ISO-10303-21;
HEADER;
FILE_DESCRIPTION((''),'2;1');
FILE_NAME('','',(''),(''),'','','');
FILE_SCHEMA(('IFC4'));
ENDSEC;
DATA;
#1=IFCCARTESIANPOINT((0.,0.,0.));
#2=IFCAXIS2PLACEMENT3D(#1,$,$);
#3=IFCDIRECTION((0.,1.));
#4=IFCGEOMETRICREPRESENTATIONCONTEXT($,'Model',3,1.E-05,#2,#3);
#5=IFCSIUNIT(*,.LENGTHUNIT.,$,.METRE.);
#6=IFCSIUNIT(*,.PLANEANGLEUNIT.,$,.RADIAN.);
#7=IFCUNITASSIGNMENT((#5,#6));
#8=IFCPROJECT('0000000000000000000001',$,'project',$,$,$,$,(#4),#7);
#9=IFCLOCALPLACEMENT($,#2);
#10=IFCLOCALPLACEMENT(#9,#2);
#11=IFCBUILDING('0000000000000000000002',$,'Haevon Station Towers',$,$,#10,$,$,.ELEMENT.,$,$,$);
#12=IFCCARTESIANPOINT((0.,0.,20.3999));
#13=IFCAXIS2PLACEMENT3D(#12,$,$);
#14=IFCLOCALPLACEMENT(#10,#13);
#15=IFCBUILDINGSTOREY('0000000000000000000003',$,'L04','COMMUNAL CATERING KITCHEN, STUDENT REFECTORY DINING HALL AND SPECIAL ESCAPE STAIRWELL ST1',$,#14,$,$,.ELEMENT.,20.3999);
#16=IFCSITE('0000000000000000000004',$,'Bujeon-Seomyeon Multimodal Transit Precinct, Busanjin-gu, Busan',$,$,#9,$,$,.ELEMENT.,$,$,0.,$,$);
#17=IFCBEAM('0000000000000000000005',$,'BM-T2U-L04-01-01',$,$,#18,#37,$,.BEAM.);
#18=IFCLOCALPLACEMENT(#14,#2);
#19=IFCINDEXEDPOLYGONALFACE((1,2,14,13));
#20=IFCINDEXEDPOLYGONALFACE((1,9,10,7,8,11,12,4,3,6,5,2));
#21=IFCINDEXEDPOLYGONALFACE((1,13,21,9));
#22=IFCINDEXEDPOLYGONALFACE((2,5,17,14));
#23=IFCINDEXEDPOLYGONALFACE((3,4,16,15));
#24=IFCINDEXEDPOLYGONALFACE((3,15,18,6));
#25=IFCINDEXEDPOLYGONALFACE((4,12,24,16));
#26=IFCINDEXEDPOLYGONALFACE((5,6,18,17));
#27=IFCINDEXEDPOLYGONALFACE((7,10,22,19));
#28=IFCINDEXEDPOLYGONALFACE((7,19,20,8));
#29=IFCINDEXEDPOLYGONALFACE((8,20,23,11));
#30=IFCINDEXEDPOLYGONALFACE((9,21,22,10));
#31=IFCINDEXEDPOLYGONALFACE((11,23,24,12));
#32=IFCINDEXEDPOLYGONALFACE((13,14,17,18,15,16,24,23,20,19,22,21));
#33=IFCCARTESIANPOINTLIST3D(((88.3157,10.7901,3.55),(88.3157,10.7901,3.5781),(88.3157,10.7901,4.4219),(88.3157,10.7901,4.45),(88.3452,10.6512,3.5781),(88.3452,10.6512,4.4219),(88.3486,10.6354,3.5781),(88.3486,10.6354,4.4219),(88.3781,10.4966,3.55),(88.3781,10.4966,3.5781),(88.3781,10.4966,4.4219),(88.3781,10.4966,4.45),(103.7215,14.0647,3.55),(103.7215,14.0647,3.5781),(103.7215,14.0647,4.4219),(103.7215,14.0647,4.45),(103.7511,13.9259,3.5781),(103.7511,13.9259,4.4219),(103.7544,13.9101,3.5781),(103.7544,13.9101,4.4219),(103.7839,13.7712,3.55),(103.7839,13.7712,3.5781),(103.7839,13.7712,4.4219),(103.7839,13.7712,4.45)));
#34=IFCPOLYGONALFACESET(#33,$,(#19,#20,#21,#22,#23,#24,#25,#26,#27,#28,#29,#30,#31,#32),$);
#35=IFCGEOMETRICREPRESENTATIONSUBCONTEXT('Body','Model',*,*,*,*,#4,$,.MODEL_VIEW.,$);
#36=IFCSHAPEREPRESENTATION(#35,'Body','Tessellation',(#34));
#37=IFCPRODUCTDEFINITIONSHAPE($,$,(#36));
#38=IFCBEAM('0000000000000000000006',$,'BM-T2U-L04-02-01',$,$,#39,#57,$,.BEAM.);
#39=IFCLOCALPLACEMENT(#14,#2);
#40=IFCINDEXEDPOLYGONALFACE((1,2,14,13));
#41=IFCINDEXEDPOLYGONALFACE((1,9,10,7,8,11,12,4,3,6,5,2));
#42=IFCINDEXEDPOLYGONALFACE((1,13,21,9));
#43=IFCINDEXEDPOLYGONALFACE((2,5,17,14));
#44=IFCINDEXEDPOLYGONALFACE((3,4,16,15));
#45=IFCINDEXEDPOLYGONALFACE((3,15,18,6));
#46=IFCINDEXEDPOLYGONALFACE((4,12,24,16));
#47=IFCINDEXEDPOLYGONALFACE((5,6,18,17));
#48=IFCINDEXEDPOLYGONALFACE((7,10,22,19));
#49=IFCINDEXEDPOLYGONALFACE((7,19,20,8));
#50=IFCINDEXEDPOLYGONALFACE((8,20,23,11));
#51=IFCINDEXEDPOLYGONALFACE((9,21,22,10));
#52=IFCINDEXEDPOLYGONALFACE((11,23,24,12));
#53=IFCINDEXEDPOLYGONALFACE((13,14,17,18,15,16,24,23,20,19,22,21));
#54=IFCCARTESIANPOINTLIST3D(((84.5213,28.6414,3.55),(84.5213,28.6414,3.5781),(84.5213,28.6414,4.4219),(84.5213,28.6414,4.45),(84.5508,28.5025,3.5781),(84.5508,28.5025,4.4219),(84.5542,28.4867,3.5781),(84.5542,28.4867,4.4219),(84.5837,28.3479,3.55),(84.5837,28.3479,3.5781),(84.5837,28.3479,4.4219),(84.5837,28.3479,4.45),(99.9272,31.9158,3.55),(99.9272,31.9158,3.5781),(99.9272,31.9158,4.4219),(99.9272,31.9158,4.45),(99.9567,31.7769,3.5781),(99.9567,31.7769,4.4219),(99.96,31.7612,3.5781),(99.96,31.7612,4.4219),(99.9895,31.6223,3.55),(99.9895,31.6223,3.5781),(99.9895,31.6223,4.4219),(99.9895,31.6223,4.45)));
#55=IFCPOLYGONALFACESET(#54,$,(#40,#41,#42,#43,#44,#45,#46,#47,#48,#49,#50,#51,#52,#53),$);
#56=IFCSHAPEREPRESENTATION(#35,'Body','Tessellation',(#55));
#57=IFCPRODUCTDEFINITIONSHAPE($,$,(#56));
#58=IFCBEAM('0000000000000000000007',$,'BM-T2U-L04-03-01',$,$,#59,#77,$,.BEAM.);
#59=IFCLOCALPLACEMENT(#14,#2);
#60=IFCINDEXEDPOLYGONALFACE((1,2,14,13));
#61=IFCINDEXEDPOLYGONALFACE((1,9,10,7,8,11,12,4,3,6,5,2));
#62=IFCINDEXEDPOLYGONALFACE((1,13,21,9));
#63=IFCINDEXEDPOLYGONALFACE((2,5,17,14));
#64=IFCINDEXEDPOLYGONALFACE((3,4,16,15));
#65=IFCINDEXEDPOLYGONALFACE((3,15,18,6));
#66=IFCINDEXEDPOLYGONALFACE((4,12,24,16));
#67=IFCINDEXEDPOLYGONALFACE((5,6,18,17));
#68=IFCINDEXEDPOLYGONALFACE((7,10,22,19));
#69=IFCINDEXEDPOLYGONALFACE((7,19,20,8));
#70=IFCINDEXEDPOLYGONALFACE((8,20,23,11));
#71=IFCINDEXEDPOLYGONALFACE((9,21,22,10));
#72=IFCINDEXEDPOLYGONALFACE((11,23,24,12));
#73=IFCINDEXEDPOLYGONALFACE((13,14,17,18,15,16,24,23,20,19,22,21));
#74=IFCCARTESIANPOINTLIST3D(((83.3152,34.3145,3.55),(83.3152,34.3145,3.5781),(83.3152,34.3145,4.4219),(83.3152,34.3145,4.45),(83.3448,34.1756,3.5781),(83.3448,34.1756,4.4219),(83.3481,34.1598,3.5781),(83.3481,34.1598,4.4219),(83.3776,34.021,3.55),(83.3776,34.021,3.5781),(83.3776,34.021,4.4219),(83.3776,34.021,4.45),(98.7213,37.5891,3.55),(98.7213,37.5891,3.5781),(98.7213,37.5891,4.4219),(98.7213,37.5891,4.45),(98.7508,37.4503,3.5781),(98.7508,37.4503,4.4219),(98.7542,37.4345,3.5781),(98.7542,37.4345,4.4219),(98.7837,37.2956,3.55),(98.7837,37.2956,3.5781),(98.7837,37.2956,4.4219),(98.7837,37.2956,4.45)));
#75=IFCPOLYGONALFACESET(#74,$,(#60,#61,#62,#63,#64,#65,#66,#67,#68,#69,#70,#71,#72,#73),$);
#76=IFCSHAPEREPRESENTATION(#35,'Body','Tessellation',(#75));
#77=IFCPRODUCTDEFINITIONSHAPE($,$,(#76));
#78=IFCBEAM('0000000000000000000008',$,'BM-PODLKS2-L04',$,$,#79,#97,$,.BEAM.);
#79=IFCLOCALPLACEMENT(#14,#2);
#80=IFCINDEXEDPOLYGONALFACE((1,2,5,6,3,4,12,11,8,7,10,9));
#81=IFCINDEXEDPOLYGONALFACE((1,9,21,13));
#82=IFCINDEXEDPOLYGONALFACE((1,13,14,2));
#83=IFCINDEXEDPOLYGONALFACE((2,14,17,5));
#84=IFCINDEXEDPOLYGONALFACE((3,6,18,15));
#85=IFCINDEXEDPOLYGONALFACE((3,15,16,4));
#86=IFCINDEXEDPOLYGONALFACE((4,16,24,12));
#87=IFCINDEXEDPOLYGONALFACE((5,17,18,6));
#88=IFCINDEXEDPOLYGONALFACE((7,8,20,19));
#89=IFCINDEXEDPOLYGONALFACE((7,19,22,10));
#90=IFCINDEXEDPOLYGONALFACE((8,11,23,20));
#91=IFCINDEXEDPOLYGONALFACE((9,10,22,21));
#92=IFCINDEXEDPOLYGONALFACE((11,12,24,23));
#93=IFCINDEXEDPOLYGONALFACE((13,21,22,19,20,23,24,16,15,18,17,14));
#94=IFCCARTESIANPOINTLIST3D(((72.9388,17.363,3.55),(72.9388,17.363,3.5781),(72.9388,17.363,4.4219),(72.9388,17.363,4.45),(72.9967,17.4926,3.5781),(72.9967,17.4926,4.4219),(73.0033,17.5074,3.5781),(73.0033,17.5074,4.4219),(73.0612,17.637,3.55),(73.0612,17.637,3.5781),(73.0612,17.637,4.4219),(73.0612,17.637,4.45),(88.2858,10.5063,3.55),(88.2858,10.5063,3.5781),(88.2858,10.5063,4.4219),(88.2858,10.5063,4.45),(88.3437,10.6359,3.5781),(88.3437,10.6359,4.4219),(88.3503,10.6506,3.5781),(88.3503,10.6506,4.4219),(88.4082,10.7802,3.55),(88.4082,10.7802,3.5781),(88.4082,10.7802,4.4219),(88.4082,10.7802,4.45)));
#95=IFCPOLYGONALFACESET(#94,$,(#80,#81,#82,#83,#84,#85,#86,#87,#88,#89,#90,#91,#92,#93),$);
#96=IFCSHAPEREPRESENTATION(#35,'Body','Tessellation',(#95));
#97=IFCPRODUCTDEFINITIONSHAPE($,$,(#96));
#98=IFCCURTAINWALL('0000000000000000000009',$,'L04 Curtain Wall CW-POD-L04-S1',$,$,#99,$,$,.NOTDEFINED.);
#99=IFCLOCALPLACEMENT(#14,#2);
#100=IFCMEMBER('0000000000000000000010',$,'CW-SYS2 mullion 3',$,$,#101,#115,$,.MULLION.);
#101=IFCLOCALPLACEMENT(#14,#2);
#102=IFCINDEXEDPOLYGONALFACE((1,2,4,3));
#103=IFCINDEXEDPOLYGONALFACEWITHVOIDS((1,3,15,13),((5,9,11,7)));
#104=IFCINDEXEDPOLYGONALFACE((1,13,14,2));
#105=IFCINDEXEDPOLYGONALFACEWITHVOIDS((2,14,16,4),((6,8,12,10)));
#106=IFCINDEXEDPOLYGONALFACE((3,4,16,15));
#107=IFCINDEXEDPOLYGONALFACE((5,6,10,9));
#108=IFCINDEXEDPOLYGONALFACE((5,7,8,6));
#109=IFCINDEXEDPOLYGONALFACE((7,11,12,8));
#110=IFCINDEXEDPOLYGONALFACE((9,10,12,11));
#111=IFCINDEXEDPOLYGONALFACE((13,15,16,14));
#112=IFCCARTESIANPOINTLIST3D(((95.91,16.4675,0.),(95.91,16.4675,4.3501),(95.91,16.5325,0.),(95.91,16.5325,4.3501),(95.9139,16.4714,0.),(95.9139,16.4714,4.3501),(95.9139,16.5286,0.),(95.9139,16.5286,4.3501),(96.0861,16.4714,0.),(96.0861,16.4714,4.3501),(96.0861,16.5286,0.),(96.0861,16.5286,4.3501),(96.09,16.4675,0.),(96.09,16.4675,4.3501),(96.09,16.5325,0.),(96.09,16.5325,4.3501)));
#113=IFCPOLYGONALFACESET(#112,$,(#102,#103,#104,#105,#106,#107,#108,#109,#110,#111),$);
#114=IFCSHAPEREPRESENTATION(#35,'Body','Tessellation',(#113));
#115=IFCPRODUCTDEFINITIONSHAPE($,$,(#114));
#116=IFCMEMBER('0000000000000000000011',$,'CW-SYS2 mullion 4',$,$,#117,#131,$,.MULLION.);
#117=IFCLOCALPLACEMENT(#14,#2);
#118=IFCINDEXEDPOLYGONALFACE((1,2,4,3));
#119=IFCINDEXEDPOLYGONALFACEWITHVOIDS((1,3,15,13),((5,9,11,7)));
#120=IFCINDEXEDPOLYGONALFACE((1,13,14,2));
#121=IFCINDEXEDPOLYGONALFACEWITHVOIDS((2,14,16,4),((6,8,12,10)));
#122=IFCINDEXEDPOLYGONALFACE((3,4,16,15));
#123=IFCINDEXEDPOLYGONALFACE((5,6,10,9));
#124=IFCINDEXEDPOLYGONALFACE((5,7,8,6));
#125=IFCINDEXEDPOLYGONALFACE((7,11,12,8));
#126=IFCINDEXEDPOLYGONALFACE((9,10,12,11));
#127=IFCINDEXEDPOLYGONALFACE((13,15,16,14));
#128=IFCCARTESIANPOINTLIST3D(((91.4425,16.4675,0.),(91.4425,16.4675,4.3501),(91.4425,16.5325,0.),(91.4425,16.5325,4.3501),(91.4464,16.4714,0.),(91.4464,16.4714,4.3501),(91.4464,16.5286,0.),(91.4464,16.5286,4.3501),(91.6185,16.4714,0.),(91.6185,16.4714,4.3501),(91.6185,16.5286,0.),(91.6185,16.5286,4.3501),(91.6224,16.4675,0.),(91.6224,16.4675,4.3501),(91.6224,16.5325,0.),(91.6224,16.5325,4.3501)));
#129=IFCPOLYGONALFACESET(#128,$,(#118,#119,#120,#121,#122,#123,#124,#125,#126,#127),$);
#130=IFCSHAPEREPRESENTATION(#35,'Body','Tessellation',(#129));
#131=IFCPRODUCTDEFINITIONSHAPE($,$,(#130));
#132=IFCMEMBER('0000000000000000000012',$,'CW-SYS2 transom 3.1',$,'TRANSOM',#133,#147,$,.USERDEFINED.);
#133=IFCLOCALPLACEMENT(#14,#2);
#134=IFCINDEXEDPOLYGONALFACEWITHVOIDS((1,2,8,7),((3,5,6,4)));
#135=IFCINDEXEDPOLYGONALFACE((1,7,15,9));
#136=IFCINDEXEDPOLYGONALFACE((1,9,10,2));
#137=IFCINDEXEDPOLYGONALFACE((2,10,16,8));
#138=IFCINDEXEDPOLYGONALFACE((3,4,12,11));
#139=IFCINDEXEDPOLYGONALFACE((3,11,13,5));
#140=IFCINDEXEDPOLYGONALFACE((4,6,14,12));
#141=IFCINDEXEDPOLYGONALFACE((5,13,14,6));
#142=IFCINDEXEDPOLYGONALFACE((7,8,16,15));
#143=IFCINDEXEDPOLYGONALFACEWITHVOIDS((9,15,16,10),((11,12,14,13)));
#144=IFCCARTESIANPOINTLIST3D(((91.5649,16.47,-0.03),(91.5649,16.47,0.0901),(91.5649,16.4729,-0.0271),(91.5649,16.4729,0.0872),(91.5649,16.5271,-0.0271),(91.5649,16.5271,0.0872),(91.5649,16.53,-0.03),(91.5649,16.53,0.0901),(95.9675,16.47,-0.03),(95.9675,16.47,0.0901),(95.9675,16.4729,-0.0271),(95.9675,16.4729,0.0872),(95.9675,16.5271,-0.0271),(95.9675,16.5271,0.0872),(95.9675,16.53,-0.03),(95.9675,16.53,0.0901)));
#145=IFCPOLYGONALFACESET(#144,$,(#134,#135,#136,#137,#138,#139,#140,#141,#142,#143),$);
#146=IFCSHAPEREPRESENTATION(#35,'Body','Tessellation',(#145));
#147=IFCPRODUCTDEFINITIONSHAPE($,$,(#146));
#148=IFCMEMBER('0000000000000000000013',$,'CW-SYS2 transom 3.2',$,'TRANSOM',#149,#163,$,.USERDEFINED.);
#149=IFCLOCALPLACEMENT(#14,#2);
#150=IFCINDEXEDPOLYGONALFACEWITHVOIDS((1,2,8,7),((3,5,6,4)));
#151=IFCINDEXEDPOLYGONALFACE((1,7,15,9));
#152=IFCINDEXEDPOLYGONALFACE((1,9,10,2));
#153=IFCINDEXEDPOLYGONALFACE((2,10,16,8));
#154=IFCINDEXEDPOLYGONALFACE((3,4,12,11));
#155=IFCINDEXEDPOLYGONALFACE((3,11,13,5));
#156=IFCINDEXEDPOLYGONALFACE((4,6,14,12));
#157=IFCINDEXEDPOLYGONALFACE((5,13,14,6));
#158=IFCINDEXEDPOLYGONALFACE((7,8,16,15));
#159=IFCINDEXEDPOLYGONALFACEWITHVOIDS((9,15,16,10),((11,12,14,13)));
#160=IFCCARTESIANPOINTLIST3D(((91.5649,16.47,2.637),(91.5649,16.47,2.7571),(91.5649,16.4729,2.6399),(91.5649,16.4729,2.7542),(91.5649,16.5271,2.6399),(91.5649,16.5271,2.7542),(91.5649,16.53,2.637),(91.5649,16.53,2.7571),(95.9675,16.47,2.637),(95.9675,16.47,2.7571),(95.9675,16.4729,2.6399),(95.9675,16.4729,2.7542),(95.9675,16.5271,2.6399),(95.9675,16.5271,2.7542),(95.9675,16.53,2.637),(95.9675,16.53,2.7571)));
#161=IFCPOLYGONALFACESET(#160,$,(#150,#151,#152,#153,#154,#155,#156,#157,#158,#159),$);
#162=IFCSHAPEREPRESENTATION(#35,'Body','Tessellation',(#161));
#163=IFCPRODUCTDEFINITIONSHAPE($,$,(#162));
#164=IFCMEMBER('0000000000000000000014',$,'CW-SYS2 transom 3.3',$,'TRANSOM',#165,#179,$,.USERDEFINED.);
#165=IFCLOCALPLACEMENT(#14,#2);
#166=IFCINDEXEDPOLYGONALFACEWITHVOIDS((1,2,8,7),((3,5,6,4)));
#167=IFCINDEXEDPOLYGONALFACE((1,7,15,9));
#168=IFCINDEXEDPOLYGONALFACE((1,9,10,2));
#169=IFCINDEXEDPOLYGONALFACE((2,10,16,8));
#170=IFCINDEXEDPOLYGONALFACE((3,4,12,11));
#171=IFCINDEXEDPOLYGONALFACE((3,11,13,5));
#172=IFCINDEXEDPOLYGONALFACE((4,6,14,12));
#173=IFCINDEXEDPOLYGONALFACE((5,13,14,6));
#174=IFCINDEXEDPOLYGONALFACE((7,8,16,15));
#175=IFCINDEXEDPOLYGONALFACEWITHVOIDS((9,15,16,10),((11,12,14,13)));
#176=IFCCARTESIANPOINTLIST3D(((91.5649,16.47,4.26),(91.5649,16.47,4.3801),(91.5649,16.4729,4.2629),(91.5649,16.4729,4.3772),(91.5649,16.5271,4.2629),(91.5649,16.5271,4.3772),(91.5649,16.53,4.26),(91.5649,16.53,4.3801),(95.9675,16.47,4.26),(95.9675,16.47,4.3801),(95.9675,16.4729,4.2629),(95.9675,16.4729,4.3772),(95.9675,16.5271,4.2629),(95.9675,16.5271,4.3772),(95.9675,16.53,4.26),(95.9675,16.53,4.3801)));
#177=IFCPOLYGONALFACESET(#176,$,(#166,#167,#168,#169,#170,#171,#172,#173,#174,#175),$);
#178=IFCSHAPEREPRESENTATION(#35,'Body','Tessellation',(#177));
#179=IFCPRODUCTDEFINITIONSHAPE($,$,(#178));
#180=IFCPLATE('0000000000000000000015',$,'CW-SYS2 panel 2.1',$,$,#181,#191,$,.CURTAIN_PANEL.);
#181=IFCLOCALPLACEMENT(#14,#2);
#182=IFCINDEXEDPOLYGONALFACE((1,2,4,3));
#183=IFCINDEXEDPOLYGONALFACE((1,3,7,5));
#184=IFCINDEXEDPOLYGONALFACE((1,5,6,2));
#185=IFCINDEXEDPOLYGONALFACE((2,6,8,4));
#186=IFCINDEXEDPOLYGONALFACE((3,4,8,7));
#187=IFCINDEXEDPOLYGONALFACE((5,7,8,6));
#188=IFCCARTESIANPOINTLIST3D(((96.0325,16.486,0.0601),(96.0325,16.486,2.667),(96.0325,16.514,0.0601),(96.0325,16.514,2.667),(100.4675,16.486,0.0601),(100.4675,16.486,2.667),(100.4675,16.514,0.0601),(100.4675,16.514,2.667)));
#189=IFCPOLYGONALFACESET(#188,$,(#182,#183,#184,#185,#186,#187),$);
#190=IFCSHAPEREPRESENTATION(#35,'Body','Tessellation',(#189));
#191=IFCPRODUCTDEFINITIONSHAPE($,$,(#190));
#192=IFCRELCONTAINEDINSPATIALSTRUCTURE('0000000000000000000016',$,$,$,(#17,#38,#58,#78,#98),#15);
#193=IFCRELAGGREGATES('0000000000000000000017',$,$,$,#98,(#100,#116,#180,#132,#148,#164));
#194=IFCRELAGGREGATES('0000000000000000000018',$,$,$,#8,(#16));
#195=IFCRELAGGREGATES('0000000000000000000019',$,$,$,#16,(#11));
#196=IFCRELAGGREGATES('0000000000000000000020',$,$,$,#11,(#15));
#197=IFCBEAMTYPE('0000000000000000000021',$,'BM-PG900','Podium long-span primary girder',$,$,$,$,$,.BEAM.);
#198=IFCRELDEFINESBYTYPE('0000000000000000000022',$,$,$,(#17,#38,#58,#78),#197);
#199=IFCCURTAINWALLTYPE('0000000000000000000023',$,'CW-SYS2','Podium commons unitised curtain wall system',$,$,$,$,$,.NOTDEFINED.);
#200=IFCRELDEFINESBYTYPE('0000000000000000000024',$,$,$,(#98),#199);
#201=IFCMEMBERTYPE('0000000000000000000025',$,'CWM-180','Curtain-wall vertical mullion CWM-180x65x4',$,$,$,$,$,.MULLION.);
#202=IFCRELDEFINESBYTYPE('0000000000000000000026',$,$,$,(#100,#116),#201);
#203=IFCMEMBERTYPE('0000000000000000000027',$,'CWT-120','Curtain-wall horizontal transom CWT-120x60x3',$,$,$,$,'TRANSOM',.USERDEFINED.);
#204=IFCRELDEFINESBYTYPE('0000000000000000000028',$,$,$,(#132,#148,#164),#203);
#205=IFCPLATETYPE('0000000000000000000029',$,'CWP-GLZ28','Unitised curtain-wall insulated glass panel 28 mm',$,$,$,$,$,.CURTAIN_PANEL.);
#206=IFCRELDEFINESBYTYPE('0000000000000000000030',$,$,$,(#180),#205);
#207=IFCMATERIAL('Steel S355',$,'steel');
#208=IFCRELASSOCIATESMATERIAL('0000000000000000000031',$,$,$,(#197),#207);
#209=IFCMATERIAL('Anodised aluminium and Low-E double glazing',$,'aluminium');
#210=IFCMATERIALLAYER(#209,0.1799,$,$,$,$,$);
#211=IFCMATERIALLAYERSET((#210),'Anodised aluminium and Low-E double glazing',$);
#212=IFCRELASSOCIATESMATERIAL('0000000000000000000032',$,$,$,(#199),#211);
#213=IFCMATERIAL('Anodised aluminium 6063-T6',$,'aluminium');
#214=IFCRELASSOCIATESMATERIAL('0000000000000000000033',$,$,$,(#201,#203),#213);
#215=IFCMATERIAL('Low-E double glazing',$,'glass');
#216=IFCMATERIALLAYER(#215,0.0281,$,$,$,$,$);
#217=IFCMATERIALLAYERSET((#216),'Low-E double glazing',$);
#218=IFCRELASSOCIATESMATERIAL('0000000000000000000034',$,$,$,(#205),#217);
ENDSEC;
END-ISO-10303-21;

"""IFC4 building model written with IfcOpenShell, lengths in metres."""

from ifc_helpers import new_model, si_unit, direction, frame, origin, origin_2d, place, context, subcontext, project, spatial, rectangle, hollow_rectangle, i_section, extrude, material, layer, layer_set, material_profile, profile_set, type_object, element, aggregate, save


model = new_model("IFC4")

# Units and contexts
model_context = context("Model", 3, precision=1e-05, world=origin(), true_north=direction((0.0, 1.0)))
body_context = subcontext(model_context, "Body", "Model", "MODEL_VIEW")
ifc_project = project(units=[si_unit("LENGTHUNIT", "METRE"), si_unit("PLANEANGLEUNIT", "RADIAN")], contexts=[model_context])

# Site, building, storey
site_placement = place(None, origin())
site = spatial("IfcSite", under=ifc_project, at=site_placement, Name="Bujeon-Seomyeon Multimodal Transit Precinct, Busanjin-gu, Busan", CompositionType="ELEMENT", RefElevation=0.0)
building_placement = place(site_placement, origin())
building = spatial("IfcBuilding", under=site, at=building_placement, Name="Haevon Station Towers", CompositionType="ELEMENT")
storey_placement = place(building_placement, frame((0.0, 0.0, 20.3999)))
storey = spatial("IfcBuildingStorey", under=building, at=storey_placement, Name="L04", Description="COMMUNAL CATERING KITCHEN, STUDENT REFECTORY DINING HALL AND SPECIAL ESCAPE STAIRWELL ST1", CompositionType="ELEMENT", Elevation=20.3999)

# Beams
ifc_material_1 = material(Name="Steel S355", Category="steel")
ifc_material_profile_1 = material_profile(ifc_material_1, i_section(OverallWidth=0.3, OverallDepth=0.8999, WebThickness=0.0161, FlangeThickness=0.0281, at=origin_2d()), Name="H-900x300x16x28")
ifc_profile_set_1 = profile_set([ifc_material_profile_1], Name="Steel S355")
beam_type_1 = type_object("IfcBeamType", Name="BM-PG900", Description="Podium long-span primary girder", PredefinedType="BEAM", material=ifc_profile_set_1)
for number, where, z_axis, x_axis, name in (
    (1, (88.3469, 10.6433, 4.0), (0.978147, 0.207915, 0.0), (-0.207915, 0.978147, 0.0), "BM-T2U-L04-01-01"),
    (2, (84.5525, 28.4946, 4.0), (0.97815, 0.207901, 0.0), (-0.207901, 0.97815, 0.0), "BM-T2U-L04-02-01"),
):
    element("IfcBeam", number, at=place(storey_placement, frame(where, z_axis=z_axis, x_axis=x_axis)), inside=storey, type_object=beam_type_1, Name=name, PredefinedType="BEAM", context=body_context, shape_type="SweptSolid", body=[
        extrude(i_section(OverallWidth=0.3, OverallDepth=0.8999, WebThickness=0.0161, FlangeThickness=0.0281, at=origin_2d()), origin(), (0.0, 0.0, 1.0), 15.75),
    ])
beam_1_placement = place(storey_placement, frame((83.3464, 34.1677, 4.0), z_axis=(0.978147, 0.207912, 0.0), x_axis=(-0.207912, 0.978147, 0.0)))
element("IfcBeam", 3, at=beam_1_placement, inside=storey, type_object=beam_type_1, Name="BM-T2U-L04-03-01", PredefinedType="BEAM", context=body_context, shape_type="SweptSolid", body=[
    extrude(i_section(OverallWidth=0.3, OverallDepth=0.8999, WebThickness=0.0161, FlangeThickness=0.0281, at=origin_2d()), origin(), (0.0, 0.0, 1.0), 15.7502),
])
beam_2_placement = place(storey_placement, frame((73.0, 17.5, 4.0), z_axis=(0.913019, -0.407918, 0.0), x_axis=(0.407918, 0.913019, 0.0)))
element("IfcBeam", 4, at=beam_2_placement, inside=storey, type_object=beam_type_1, Name="BM-PODLKS2-L04", PredefinedType="BEAM", context=body_context, shape_type="SweptSolid", body=[
    extrude(i_section(OverallWidth=0.3, OverallDepth=0.8999, WebThickness=0.0161, FlangeThickness=0.0281, at=origin_2d()), origin(), (0.0, 0.0, 1.0), 16.8091),
])

# Curtain wall, members, plate
ifc_material_2 = material(Name="Anodised aluminium and Low-E double glazing", Category="aluminium")
ifc_layer_1 = layer(ifc_material_2, 0.1799)
ifc_layer_set_1 = layer_set([ifc_layer_1], Name="Anodised aluminium and Low-E double glazing")
curtain_wall_type = type_object("IfcCurtainWallType", Name="CW-SYS2", Description="Podium commons unitised curtain wall system", PredefinedType="NOTDEFINED", material=ifc_layer_set_1)
curtain_wall_placement = place(storey_placement, origin())
curtain_wall = element("IfcCurtainWall", 5, at=curtain_wall_placement, inside=storey, type_object=curtain_wall_type, Name="L04 Curtain Wall CW-POD-L04-S1", PredefinedType="NOTDEFINED")
ifc_material_3 = material(Name="Anodised aluminium 6063-T6", Category="aluminium")
ifc_material_profile_2 = material_profile(ifc_material_3, hollow_rectangle(XDim=0.0649, YDim=0.1799, WallThickness=0.0039, at=origin_2d()), Name="CWM-180x65x4")
ifc_profile_set_2 = profile_set([ifc_material_profile_2], Name="Anodised aluminium 6063-T6")
member_type_1 = type_object("IfcMemberType", Name="CWM-180", Description="Curtain-wall vertical mullion CWM-180x65x4", PredefinedType="MULLION", material=ifc_profile_set_2)
member_1_placement = place(storey_placement, frame((96.0, 16.5, 0.0), z_axis=(0.0, 0.0, 1.0), x_axis=(0.0, -1.0, 0.0)))
member_1 = element("IfcMember", 6, at=member_1_placement, type_object=member_type_1, Name="CW-SYS2 mullion 3", PredefinedType="MULLION", context=body_context, shape_type="SweptSolid", body=[
    extrude(hollow_rectangle(XDim=0.0649, YDim=0.1799, WallThickness=0.0039, at=origin_2d()), origin(), (0.0, 0.0, 1.0), 4.3501),
])
member_2_placement = place(storey_placement, frame((91.5325, 16.5, 0.0), z_axis=(0.0, 0.0, 1.0), x_axis=(0.0, -1.0, 0.0)))
member_2 = element("IfcMember", 7, at=member_2_placement, type_object=member_type_1, Name="CW-SYS2 mullion 4", PredefinedType="MULLION", context=body_context, shape_type="SweptSolid", body=[
    extrude(hollow_rectangle(XDim=0.0649, YDim=0.1799, WallThickness=0.0039, at=origin_2d()), origin(), (0.0, 0.0, 1.0), 4.3501),
])
ifc_material_profile_3 = material_profile(ifc_material_3, hollow_rectangle(XDim=0.0601, YDim=0.1201, WallThickness=0.0029, at=origin_2d()), Name="CWT-120x60x3")
ifc_profile_set_3 = profile_set([ifc_material_profile_3], Name="Anodised aluminium 6063-T6")
member_type_2 = type_object("IfcMemberType", Name="CWT-120", Description="Curtain-wall horizontal transom CWT-120x60x3", ElementType="TRANSOM", PredefinedType="USERDEFINED", material=ifc_profile_set_3)
member_3_placement = place(storey_placement, frame((95.9675, 16.5, 0.03), z_axis=(-1.0, 0.0, 0.0), x_axis=(0.0, -1.0, 0.0)))
member_3 = element("IfcMember", 8, at=member_3_placement, type_object=member_type_2, Name="CW-SYS2 transom 3.1", ObjectType="TRANSOM", PredefinedType="USERDEFINED", context=body_context, shape_type="SweptSolid", body=[
    extrude(hollow_rectangle(XDim=0.0601, YDim=0.1201, WallThickness=0.0029, at=origin_2d()), origin(), (0.0, 0.0, 1.0), 4.4026),
])
member_4_placement = place(storey_placement, frame((95.9675, 16.5, 2.697), z_axis=(-1.0, 0.0, 0.0), x_axis=(0.0, -1.0, 0.0)))
member_4 = element("IfcMember", 9, at=member_4_placement, type_object=member_type_2, Name="CW-SYS2 transom 3.2", ObjectType="TRANSOM", PredefinedType="USERDEFINED", context=body_context, shape_type="SweptSolid", body=[
    extrude(hollow_rectangle(XDim=0.0601, YDim=0.1201, WallThickness=0.0029, at=origin_2d()), origin(), (0.0, 0.0, 1.0), 4.4026),
])
member_5_placement = place(storey_placement, frame((95.9675, 16.5, 4.3201), z_axis=(-1.0, 0.0, 0.0), x_axis=(0.0, -1.0, 0.0)))
member_5 = element("IfcMember", 10, at=member_5_placement, type_object=member_type_2, Name="CW-SYS2 transom 3.3", ObjectType="TRANSOM", PredefinedType="USERDEFINED", context=body_context, shape_type="SweptSolid", body=[
    extrude(hollow_rectangle(XDim=0.0601, YDim=0.1201, WallThickness=0.0029, at=origin_2d()), origin(), (0.0, 0.0, 1.0), 4.4026),
])
ifc_material_4 = material(Name="Low-E double glazing", Category="glass")
ifc_layer_2 = layer(ifc_material_4, 0.0281)
ifc_layer_set_2 = layer_set([ifc_layer_2], Name="Low-E double glazing")
plate_type = type_object("IfcPlateType", Name="CWP-GLZ28", Description="Unitised curtain-wall insulated glass panel 28 mm", PredefinedType="CURTAIN_PANEL", material=ifc_layer_set_2)
plate_1_placement = place(storey_placement, frame((98.25, 16.5, 0.0601), z_axis=(0.0, 0.0, 1.0), x_axis=(-1.0, 0.0, 0.0)))
plate_1 = element("IfcPlate", 11, at=plate_1_placement, type_object=plate_type, Name="CW-SYS2 panel 2.1", PredefinedType="CURTAIN_PANEL", context=body_context, shape_type="SweptSolid", body=[
    extrude(rectangle(XDim=4.4351, YDim=0.0281, at=origin_2d()), origin(), (0.0, 0.0, 1.0), 2.6069),
])
aggregate(curtain_wall, [member_1, member_2, plate_1, member_3, member_4, member_5])

save(model, "model.ifc")
